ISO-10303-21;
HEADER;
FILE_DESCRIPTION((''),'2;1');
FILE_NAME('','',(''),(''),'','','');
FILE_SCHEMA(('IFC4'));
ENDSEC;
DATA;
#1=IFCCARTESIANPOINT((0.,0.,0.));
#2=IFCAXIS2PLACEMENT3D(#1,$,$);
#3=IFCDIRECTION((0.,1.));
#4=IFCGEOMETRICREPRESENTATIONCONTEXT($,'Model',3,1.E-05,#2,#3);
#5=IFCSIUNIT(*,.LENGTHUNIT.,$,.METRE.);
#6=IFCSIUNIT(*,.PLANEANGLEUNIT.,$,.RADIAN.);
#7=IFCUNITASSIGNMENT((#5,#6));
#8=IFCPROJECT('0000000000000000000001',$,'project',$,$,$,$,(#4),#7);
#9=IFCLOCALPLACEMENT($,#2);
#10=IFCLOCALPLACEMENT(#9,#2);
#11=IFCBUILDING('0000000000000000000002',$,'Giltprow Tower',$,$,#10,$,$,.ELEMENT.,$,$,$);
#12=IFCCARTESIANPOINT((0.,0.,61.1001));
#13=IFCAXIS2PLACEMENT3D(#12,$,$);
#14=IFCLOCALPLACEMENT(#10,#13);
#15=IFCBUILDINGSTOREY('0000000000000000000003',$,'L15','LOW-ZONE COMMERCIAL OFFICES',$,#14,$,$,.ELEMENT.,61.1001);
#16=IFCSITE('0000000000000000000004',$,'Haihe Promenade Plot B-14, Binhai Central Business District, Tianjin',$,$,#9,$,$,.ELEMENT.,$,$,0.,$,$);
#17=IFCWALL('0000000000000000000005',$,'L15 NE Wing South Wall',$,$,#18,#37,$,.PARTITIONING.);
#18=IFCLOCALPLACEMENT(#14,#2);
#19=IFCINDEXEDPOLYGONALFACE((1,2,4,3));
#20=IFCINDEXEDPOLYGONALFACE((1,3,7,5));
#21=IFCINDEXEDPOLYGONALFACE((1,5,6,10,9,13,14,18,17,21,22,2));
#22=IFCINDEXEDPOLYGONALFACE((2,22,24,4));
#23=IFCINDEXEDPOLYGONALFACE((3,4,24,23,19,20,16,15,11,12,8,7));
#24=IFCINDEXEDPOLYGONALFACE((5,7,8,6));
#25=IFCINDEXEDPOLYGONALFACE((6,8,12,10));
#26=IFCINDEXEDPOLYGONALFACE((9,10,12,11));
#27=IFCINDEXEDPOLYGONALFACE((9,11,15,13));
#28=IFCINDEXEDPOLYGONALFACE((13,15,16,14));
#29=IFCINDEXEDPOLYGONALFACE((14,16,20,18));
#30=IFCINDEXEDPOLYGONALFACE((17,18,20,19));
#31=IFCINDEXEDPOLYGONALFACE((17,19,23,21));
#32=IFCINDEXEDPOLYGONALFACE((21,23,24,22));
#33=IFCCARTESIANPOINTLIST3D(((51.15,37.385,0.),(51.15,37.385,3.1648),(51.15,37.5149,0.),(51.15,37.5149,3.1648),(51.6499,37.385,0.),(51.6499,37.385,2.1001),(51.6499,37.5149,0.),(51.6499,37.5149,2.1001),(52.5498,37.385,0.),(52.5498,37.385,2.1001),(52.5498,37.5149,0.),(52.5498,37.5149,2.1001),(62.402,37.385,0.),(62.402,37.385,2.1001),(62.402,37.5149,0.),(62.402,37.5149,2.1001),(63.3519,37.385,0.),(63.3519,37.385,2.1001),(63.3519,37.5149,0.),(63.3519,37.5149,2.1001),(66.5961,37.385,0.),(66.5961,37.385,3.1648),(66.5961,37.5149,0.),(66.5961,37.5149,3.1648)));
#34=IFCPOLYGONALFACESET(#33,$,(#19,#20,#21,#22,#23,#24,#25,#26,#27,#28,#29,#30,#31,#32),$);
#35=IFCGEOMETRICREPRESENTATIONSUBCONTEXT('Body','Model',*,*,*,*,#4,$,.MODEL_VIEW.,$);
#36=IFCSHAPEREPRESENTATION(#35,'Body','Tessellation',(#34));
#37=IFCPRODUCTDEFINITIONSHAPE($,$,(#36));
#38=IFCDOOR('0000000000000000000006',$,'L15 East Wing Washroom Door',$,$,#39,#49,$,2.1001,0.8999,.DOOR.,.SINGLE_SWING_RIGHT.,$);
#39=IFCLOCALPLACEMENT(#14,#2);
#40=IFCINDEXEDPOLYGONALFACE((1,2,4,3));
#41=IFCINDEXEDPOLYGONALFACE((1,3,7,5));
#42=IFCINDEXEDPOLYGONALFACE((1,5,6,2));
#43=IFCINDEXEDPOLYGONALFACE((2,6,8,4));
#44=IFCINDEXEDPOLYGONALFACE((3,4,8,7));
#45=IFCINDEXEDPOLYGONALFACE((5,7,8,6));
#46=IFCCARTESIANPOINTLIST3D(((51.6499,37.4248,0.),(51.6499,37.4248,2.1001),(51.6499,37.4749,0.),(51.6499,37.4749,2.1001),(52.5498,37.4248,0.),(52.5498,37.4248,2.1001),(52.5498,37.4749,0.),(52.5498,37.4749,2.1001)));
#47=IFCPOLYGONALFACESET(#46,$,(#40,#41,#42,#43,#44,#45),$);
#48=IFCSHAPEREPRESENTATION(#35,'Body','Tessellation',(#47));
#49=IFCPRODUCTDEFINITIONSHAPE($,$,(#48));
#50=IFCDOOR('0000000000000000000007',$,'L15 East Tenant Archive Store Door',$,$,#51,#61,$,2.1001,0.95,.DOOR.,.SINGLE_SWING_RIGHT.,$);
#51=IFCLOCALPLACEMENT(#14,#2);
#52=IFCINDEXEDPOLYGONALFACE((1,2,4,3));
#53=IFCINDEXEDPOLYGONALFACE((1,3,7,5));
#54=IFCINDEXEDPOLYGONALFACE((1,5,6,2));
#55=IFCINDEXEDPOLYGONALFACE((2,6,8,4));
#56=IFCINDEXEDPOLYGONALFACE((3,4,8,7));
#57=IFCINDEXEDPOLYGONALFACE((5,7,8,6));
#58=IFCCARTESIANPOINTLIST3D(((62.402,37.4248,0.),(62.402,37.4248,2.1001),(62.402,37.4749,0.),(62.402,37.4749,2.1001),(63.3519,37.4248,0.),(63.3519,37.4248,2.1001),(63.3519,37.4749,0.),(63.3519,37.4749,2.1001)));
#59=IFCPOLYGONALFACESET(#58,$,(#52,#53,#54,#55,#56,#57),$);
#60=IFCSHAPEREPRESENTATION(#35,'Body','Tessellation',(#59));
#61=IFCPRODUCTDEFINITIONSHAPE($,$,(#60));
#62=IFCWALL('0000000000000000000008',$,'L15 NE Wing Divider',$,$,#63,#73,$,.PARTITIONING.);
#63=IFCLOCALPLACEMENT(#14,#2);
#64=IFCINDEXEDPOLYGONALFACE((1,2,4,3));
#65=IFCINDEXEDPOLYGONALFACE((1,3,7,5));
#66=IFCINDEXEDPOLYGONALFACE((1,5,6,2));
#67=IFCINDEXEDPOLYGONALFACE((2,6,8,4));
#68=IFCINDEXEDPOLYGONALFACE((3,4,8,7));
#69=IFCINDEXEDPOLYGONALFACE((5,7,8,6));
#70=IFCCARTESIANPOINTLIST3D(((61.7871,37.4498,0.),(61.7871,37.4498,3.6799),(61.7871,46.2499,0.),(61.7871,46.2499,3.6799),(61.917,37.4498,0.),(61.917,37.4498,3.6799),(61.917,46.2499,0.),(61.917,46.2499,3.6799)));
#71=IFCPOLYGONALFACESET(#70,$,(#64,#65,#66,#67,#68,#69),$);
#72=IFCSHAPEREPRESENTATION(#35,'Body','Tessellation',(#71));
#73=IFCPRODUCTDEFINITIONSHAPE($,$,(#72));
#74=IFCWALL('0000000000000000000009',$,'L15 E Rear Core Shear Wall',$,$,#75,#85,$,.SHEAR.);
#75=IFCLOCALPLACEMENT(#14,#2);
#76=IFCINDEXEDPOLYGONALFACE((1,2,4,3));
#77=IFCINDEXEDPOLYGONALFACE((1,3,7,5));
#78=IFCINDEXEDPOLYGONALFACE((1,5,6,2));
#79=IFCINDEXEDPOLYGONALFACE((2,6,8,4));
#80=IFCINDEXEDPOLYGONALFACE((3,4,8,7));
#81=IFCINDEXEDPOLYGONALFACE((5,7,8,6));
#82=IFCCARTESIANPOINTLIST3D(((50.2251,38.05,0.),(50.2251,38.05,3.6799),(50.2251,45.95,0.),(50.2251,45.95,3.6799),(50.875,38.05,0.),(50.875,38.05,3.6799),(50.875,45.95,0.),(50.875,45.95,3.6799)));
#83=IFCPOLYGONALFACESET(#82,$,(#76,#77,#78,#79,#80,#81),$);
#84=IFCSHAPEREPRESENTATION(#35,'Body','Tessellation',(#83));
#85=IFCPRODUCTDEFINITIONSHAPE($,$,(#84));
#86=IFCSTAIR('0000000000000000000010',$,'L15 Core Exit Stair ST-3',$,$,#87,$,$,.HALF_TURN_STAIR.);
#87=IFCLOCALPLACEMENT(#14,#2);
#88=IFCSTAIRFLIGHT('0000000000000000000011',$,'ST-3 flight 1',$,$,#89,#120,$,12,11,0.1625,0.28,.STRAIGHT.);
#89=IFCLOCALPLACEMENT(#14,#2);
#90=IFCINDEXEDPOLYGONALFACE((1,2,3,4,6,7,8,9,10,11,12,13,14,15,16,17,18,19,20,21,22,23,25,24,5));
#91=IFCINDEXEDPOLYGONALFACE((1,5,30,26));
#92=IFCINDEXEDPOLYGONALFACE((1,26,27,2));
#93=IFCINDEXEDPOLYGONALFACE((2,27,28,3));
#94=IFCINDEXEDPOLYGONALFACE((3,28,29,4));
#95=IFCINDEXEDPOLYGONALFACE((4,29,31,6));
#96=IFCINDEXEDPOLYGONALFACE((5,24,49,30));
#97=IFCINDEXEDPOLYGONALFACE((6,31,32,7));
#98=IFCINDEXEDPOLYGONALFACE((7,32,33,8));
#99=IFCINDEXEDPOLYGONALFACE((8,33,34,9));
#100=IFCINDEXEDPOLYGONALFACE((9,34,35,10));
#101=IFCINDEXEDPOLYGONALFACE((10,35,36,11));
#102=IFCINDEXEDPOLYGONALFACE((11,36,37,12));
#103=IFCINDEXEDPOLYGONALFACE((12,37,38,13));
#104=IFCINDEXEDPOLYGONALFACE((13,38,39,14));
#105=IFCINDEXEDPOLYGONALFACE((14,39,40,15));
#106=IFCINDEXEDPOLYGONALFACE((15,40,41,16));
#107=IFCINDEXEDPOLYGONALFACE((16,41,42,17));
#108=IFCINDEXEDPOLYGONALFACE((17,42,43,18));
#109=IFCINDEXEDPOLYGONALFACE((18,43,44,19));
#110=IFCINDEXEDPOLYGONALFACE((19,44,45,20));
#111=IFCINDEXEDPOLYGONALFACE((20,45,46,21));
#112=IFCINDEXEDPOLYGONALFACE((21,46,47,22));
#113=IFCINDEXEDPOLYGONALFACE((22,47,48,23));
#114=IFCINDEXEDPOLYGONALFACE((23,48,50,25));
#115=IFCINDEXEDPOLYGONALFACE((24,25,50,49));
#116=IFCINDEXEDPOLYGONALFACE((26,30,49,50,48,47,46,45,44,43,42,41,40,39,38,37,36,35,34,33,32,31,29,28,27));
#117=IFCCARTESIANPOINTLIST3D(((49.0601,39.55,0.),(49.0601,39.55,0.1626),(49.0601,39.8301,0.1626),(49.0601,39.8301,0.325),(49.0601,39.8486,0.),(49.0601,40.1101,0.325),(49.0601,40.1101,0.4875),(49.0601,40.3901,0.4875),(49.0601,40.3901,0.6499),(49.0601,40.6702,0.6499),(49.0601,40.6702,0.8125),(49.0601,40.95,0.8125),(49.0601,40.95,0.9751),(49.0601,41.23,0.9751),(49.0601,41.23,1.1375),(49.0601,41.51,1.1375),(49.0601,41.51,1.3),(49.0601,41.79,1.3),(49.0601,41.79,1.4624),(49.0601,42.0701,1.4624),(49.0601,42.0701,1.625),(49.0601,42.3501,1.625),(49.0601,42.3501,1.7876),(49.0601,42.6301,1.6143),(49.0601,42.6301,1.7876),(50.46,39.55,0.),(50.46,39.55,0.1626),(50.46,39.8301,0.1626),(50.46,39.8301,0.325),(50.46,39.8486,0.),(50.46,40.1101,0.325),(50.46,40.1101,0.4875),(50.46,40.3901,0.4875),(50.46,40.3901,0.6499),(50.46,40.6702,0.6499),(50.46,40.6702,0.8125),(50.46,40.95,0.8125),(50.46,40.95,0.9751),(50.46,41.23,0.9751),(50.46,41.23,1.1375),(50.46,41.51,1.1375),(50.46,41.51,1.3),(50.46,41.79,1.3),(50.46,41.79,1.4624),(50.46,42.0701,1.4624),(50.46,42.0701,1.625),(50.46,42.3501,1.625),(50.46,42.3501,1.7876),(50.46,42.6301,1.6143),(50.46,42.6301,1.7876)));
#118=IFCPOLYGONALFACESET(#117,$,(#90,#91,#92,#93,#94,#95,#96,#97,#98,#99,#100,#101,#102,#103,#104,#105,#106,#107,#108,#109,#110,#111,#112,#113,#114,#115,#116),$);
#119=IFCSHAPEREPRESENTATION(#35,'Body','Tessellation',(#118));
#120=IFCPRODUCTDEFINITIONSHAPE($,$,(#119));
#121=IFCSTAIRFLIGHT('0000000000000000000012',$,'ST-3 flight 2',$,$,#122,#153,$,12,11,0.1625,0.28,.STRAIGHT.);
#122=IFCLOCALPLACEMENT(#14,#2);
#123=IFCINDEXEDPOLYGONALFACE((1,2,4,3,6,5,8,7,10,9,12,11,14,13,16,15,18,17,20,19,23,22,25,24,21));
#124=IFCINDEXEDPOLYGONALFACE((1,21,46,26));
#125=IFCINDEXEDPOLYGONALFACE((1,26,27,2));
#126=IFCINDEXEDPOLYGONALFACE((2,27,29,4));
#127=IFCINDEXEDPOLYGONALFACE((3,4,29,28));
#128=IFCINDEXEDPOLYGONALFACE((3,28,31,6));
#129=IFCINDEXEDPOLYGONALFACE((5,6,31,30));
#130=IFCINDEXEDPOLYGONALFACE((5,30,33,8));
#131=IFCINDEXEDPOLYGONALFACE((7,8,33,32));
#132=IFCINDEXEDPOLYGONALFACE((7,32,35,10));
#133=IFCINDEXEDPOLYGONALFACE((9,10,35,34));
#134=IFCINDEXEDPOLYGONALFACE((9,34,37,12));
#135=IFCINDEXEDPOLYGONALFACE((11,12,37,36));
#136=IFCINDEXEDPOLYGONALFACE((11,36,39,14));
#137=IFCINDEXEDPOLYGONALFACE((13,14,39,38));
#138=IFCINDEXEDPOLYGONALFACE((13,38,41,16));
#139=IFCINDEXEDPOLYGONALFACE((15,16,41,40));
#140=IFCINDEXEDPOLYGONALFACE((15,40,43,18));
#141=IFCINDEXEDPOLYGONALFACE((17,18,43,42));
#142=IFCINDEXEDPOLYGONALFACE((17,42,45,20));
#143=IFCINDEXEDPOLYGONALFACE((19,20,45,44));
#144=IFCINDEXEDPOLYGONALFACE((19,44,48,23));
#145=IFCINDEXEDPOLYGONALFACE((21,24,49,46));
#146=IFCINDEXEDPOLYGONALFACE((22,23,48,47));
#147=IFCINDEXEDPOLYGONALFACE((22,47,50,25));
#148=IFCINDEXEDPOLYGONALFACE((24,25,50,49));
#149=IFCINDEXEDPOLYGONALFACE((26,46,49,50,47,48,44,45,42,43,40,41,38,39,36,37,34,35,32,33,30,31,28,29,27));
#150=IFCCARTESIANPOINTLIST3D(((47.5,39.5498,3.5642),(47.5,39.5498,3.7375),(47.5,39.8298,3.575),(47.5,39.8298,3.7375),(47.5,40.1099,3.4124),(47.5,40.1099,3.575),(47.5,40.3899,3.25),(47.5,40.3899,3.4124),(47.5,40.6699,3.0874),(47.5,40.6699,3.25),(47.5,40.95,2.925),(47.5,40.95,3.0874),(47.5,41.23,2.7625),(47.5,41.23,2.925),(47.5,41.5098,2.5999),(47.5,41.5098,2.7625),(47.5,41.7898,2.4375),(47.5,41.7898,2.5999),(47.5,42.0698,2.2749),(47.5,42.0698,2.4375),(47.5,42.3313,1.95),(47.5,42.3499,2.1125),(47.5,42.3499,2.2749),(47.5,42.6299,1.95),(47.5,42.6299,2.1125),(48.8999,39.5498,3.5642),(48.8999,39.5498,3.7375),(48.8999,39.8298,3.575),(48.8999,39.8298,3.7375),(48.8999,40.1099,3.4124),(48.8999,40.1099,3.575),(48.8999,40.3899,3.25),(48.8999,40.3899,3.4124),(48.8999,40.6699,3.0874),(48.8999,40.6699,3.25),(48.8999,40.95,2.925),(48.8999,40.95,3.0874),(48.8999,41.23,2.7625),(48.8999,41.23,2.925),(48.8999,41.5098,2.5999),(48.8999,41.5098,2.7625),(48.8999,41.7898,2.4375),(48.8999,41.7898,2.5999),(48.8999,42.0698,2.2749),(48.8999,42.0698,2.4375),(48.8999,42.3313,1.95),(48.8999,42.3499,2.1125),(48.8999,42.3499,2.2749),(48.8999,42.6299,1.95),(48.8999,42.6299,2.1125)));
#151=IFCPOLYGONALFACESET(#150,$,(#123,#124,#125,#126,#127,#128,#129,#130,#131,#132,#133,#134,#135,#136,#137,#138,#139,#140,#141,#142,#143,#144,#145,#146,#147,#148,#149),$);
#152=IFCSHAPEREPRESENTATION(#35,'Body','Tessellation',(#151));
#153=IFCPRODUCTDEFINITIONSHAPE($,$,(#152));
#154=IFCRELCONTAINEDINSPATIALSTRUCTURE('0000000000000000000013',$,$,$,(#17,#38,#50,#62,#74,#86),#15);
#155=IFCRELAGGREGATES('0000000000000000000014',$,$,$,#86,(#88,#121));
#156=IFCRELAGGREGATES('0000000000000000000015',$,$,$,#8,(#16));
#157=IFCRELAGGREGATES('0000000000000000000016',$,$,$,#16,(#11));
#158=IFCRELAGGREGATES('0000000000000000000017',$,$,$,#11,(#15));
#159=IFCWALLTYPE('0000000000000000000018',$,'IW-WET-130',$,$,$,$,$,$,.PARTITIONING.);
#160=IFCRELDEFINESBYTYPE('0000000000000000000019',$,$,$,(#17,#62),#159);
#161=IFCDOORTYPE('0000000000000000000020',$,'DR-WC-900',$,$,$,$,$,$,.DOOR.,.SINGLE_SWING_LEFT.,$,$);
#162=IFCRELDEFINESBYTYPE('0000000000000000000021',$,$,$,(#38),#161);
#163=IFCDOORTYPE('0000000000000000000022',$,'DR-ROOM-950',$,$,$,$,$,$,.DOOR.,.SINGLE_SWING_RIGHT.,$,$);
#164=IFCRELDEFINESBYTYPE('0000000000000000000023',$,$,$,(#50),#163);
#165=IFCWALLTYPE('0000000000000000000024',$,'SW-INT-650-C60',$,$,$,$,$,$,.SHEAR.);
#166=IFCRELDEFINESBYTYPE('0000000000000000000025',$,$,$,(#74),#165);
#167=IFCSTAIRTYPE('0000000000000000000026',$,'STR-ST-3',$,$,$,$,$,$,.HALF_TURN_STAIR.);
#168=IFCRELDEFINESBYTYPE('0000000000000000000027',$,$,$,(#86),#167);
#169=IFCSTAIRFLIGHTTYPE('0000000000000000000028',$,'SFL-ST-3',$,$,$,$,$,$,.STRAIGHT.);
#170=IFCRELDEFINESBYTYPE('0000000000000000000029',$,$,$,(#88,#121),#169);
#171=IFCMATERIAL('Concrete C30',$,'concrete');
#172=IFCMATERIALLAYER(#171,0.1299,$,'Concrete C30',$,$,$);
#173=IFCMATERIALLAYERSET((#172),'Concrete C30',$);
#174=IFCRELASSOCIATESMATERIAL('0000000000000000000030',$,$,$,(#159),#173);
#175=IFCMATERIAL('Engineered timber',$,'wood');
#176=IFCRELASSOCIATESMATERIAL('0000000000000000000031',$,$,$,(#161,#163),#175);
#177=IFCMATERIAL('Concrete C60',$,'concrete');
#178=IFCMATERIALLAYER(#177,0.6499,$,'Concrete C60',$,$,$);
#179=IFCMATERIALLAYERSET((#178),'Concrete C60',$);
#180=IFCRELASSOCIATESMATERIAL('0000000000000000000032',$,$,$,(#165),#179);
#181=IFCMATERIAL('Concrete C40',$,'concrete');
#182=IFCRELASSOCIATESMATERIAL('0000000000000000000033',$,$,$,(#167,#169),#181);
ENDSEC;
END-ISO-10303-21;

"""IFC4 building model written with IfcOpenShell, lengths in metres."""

from ifc_helpers import new_model, si_unit, direction, frame, frame_2d, origin, place, context, subcontext, project, spatial, polyline, rectangle, outline, extrude, source, transform, mapped, material, layer, layer_set, type_object, element, fill, aggregate, save


model = new_model("IFC4")

# Units and contexts
model_context = context("Model", 3, precision=1e-05, world=origin(), true_north=direction((0.0, 1.0)))
body_context = subcontext(model_context, "Body", "Model", "MODEL_VIEW")
ifc_project = project(units=[si_unit("LENGTHUNIT", "METRE"), si_unit("PLANEANGLEUNIT", "RADIAN")], contexts=[model_context])

# Site, building, storey
site_placement = place(None, origin())
site = spatial("IfcSite", under=ifc_project, at=site_placement, Name="Haihe Promenade Plot B-14, Binhai Central Business District, Tianjin", CompositionType="ELEMENT", RefElevation=0.0)
building_placement = place(site_placement, origin())
building = spatial("IfcBuilding", under=site, at=building_placement, Name="Giltprow Tower", CompositionType="ELEMENT")
storey_placement = place(building_placement, frame((0.0, 0.0, 61.1001)))
storey = spatial("IfcBuildingStorey", under=building, at=storey_placement, Name="L15", Description="LOW-ZONE COMMERCIAL OFFICES", CompositionType="ELEMENT", Elevation=61.1001)

# Shared definitions
ifc_material_1 = material(Name="Concrete C60", Category="concrete")

# Wall, openings, doors
ifc_material_2 = material(Name="Concrete C30", Category="concrete")
ifc_layer_1 = layer(ifc_material_2, 0.1299, Name="Concrete C30")
ifc_layer_set_1 = layer_set([ifc_layer_1], Name="Concrete C30")
wall_type_1 = type_object("IfcWallType", Name="IW-WET-130", PredefinedType="PARTITIONING", material=ifc_layer_set_1)
wall_1_placement = place(storey_placement, frame((51.1499, 37.45, 0.0), z_axis=(0.0, 0.0, 1.0), x_axis=(1.0, 0.0, 0.0)))
wall_1 = element("IfcWall", 1, at=wall_1_placement, inside=storey, type_object=wall_type_1, Name="L15 NE Wing South Wall", PredefinedType="PARTITIONING", context=body_context, shape_type="SweptSolid", body=[
    extrude(rectangle(XDim=15.446, YDim=0.1299, at=frame_2d((7.7231, 0.0))), origin(), (0.0, 0.0, 1.0), 3.1648),
])
opening_1_placement = place(wall_1_placement, frame((0.5, 0.0, 0.0)))
opening_1 = element("IfcOpeningElement", 2, at=opening_1_placement, cuts=wall_1, PredefinedType="OPENING", context=body_context, shape_type="SweptSolid", body=[
    extrude(rectangle(XDim=0.8999, YDim=2.1001, at=frame_2d((0.45, 1.05))), frame((0.0, 0.075, 0.0), z_axis=(0.0, -1.0, 0.0), x_axis=(1.0, 0.0, 0.0)), (0.0, 0.0, 1.0), 0.1499),
])
opening_2_placement = place(wall_1_placement, frame((11.252, 0.0, 0.0)))
opening_2 = element("IfcOpeningElement", 3, at=opening_2_placement, cuts=wall_1, PredefinedType="OPENING", context=body_context, shape_type="SweptSolid", body=[
    extrude(rectangle(XDim=0.95, YDim=2.1001, at=frame_2d((0.4751, 1.05))), frame((0.0, 0.075, 0.0), z_axis=(0.0, -1.0, 0.0), x_axis=(1.0, 0.0, 0.0)), (0.0, 0.0, 1.0), 0.1499),
])
ifc_material_3 = material(Name="Engineered timber", Category="wood")
door_type_1 = type_object("IfcDoorType", Name="DR-WC-900", OperationType="SINGLE_SWING_LEFT", PredefinedType="DOOR", material=ifc_material_3)
shared_shape_1 = source(origin(), body_context, "Body", "SweptSolid", [
    extrude(rectangle(XDim=0.8999, YDim=2.1001, at=frame_2d((0.45, 1.05))), frame((0.0, 0.0249, 0.0), z_axis=(0.0, -1.0, 0.0), x_axis=(1.0, 0.0, 0.0)), (0.0, 0.0, 1.0), 0.05),
])
door_1_placement = place(opening_1_placement, origin())
door_1 = element("IfcDoor", 4, at=door_1_placement, inside=storey, type_object=door_type_1, Name="L15 East Wing Washroom Door", OperationType="SINGLE_SWING_RIGHT", OverallHeight=2.1001, OverallWidth=0.8999, PredefinedType="DOOR", context=body_context, shape_type="MappedRepresentation", body=[
    mapped(shared_shape_1, transform((0.0, 0.0, 0.0), x_axis=(1.0, 0.0, 0.0), y_axis=(0.0, 1.0, 0.0), z_axis=(0.0, 0.0, 1.0), scale=1.0)),
])
fill(opening_1, door_1)
door_type_2 = type_object("IfcDoorType", Name="DR-ROOM-950", OperationType="SINGLE_SWING_RIGHT", PredefinedType="DOOR", material=ifc_material_3)
shared_shape_2 = source(origin(), body_context, "Body", "SweptSolid", [
    extrude(rectangle(XDim=0.95, YDim=2.1001, at=frame_2d((0.4751, 1.05))), frame((0.0, 0.0249, 0.0), z_axis=(0.0, -1.0, 0.0), x_axis=(1.0, 0.0, 0.0)), (0.0, 0.0, 1.0), 0.05),
])
door_2_placement = place(opening_2_placement, origin())
door_2 = element("IfcDoor", 5, at=door_2_placement, inside=storey, type_object=door_type_2, Name="L15 East Tenant Archive Store Door", OperationType="SINGLE_SWING_RIGHT", OverallHeight=2.1001, OverallWidth=0.95, PredefinedType="DOOR", context=body_context, shape_type="MappedRepresentation", body=[
    mapped(shared_shape_2, transform((0.0, 0.0, 0.0), x_axis=(1.0, 0.0, 0.0), y_axis=(0.0, 1.0, 0.0), z_axis=(0.0, 0.0, 1.0), scale=1.0)),
])
fill(opening_2, door_2)

# Walls
wall_2_placement = place(storey_placement, frame((61.8521, 37.45, 0.0), z_axis=(0.0, 0.0, 1.0), x_axis=(0.0, 1.0, 0.0)))
element("IfcWall", 6, at=wall_2_placement, inside=storey, type_object=wall_type_1, Name="L15 NE Wing Divider", PredefinedType="PARTITIONING", context=body_context, shape_type="SweptSolid", body=[
    extrude(rectangle(XDim=8.8, YDim=0.1299, at=frame_2d((4.3999, 0.0))), origin(), (0.0, 0.0, 1.0), 3.6799),
])
ifc_layer_2 = layer(ifc_material_1, 0.6499, Name="Concrete C60")
ifc_layer_set_2 = layer_set([ifc_layer_2], Name="Concrete C60")
wall_type_2 = type_object("IfcWallType", Name="SW-INT-650-C60", PredefinedType="SHEAR", material=ifc_layer_set_2)
wall_3_placement = place(storey_placement, frame((50.55, 38.05, 0.0), z_axis=(0.0, 0.0, 1.0), x_axis=(0.0, 1.0, 0.0)))
element("IfcWall", 7, at=wall_3_placement, inside=storey, type_object=wall_type_2, Name="L15 E Rear Core Shear Wall", PredefinedType="SHEAR", context=body_context, shape_type="SweptSolid", body=[
    extrude(rectangle(XDim=7.8999, YDim=0.6499, at=frame_2d((3.95, 0.0))), origin(), (0.0, 0.0, 1.0), 3.6799),
])

# Stair, stair flights
ifc_material_4 = material(Name="Concrete C40", Category="concrete")
stair_type = type_object("IfcStairType", Name="STR-ST-3", PredefinedType="HALF_TURN_STAIR", material=ifc_material_4)
stair_placement = place(storey_placement, origin())
stair = element("IfcStair", 8, at=stair_placement, inside=storey, type_object=stair_type, Name="L15 Core Exit Stair ST-3", PredefinedType="HALF_TURN_STAIR")
stair_flight_type = type_object("IfcStairFlightType", Name="SFL-ST-3", PredefinedType="STRAIGHT", material=ifc_material_4)
stair_flight_1_placement = place(storey_placement, frame((49.76, 39.55, 0.0), z_axis=(0.0, 0.0, 1.0), x_axis=(0.0, 1.0, 0.0)))
stair_flight_1 = element("IfcStairFlight", 9, at=stair_flight_1_placement, type_object=stair_flight_type, Name="ST-3 flight 1", NumberOfRisers=12, NumberOfTreads=11, PredefinedType="STRAIGHT", RiserHeight=0.1625, TreadLength=0.28, context=body_context, shape_type="SweptSolid", body=[
    extrude(outline(polyline([(0.0, 0.0), (0.0, 0.1626), (0.28, 0.1626), (0.28, 0.325), (0.5601, 0.325), (0.5601, 0.4875), (0.8401, 0.4875), (0.8401, 0.6499), (1.1201, 0.6499), (1.1201, 0.8125), (1.3999, 0.8125), (1.3999, 0.9751), (1.6799, 0.9751), (1.6799, 1.1375), (1.96, 1.1375), (1.96, 1.3), (2.24, 1.3), (2.24, 1.4624), (2.52, 1.4624), (2.52, 1.625), (2.8, 1.625), (2.8, 1.7876), (3.0801, 1.7876), (3.0801, 1.95), (3.0801, 1.6143), (0.2986, 0.0), (0.0, 0.0)])), frame((0.0, 0.7, 0.0), z_axis=(0.0, -1.0, 0.0), x_axis=(1.0, 0.0, 0.0)), (0.0, 0.0, 1.0), 1.3999),
])
stair_flight_2_placement = place(storey_placement, frame((48.2, 42.6299, 1.95), z_axis=(0.0, 0.0, 1.0), x_axis=(0.0, -1.0, 0.0)))
stair_flight_2 = element("IfcStairFlight", 10, at=stair_flight_2_placement, type_object=stair_flight_type, Name="ST-3 flight 2", NumberOfRisers=12, NumberOfTreads=11, PredefinedType="STRAIGHT", RiserHeight=0.1625, TreadLength=0.28, context=body_context, shape_type="SweptSolid", body=[
    extrude(outline(polyline([(0.0, 0.0), (0.0, 0.1626), (0.28, 0.1626), (0.28, 0.325), (0.5601, 0.325), (0.5601, 0.4875), (0.8401, 0.4875), (0.8401, 0.6499), (1.1201, 0.6499), (1.1201, 0.8125), (1.3999, 0.8125), (1.3999, 0.9751), (1.6799, 0.9751), (1.6799, 1.1375), (1.96, 1.1375), (1.96, 1.3), (2.24, 1.3), (2.24, 1.4624), (2.52, 1.4624), (2.52, 1.625), (2.8, 1.625), (2.8, 1.7876), (3.0801, 1.7876), (3.0801, 1.95), (3.0801, 1.6143), (0.2986, 0.0), (0.0, 0.0)])), frame((0.0, 0.7, 0.0), z_axis=(0.0, -1.0, 0.0), x_axis=(1.0, 0.0, 0.0)), (0.0, 0.0, 1.0), 1.3999),
])
aggregate(stair, [stair_flight_1, stair_flight_2])

save(model, "model.ifc")
